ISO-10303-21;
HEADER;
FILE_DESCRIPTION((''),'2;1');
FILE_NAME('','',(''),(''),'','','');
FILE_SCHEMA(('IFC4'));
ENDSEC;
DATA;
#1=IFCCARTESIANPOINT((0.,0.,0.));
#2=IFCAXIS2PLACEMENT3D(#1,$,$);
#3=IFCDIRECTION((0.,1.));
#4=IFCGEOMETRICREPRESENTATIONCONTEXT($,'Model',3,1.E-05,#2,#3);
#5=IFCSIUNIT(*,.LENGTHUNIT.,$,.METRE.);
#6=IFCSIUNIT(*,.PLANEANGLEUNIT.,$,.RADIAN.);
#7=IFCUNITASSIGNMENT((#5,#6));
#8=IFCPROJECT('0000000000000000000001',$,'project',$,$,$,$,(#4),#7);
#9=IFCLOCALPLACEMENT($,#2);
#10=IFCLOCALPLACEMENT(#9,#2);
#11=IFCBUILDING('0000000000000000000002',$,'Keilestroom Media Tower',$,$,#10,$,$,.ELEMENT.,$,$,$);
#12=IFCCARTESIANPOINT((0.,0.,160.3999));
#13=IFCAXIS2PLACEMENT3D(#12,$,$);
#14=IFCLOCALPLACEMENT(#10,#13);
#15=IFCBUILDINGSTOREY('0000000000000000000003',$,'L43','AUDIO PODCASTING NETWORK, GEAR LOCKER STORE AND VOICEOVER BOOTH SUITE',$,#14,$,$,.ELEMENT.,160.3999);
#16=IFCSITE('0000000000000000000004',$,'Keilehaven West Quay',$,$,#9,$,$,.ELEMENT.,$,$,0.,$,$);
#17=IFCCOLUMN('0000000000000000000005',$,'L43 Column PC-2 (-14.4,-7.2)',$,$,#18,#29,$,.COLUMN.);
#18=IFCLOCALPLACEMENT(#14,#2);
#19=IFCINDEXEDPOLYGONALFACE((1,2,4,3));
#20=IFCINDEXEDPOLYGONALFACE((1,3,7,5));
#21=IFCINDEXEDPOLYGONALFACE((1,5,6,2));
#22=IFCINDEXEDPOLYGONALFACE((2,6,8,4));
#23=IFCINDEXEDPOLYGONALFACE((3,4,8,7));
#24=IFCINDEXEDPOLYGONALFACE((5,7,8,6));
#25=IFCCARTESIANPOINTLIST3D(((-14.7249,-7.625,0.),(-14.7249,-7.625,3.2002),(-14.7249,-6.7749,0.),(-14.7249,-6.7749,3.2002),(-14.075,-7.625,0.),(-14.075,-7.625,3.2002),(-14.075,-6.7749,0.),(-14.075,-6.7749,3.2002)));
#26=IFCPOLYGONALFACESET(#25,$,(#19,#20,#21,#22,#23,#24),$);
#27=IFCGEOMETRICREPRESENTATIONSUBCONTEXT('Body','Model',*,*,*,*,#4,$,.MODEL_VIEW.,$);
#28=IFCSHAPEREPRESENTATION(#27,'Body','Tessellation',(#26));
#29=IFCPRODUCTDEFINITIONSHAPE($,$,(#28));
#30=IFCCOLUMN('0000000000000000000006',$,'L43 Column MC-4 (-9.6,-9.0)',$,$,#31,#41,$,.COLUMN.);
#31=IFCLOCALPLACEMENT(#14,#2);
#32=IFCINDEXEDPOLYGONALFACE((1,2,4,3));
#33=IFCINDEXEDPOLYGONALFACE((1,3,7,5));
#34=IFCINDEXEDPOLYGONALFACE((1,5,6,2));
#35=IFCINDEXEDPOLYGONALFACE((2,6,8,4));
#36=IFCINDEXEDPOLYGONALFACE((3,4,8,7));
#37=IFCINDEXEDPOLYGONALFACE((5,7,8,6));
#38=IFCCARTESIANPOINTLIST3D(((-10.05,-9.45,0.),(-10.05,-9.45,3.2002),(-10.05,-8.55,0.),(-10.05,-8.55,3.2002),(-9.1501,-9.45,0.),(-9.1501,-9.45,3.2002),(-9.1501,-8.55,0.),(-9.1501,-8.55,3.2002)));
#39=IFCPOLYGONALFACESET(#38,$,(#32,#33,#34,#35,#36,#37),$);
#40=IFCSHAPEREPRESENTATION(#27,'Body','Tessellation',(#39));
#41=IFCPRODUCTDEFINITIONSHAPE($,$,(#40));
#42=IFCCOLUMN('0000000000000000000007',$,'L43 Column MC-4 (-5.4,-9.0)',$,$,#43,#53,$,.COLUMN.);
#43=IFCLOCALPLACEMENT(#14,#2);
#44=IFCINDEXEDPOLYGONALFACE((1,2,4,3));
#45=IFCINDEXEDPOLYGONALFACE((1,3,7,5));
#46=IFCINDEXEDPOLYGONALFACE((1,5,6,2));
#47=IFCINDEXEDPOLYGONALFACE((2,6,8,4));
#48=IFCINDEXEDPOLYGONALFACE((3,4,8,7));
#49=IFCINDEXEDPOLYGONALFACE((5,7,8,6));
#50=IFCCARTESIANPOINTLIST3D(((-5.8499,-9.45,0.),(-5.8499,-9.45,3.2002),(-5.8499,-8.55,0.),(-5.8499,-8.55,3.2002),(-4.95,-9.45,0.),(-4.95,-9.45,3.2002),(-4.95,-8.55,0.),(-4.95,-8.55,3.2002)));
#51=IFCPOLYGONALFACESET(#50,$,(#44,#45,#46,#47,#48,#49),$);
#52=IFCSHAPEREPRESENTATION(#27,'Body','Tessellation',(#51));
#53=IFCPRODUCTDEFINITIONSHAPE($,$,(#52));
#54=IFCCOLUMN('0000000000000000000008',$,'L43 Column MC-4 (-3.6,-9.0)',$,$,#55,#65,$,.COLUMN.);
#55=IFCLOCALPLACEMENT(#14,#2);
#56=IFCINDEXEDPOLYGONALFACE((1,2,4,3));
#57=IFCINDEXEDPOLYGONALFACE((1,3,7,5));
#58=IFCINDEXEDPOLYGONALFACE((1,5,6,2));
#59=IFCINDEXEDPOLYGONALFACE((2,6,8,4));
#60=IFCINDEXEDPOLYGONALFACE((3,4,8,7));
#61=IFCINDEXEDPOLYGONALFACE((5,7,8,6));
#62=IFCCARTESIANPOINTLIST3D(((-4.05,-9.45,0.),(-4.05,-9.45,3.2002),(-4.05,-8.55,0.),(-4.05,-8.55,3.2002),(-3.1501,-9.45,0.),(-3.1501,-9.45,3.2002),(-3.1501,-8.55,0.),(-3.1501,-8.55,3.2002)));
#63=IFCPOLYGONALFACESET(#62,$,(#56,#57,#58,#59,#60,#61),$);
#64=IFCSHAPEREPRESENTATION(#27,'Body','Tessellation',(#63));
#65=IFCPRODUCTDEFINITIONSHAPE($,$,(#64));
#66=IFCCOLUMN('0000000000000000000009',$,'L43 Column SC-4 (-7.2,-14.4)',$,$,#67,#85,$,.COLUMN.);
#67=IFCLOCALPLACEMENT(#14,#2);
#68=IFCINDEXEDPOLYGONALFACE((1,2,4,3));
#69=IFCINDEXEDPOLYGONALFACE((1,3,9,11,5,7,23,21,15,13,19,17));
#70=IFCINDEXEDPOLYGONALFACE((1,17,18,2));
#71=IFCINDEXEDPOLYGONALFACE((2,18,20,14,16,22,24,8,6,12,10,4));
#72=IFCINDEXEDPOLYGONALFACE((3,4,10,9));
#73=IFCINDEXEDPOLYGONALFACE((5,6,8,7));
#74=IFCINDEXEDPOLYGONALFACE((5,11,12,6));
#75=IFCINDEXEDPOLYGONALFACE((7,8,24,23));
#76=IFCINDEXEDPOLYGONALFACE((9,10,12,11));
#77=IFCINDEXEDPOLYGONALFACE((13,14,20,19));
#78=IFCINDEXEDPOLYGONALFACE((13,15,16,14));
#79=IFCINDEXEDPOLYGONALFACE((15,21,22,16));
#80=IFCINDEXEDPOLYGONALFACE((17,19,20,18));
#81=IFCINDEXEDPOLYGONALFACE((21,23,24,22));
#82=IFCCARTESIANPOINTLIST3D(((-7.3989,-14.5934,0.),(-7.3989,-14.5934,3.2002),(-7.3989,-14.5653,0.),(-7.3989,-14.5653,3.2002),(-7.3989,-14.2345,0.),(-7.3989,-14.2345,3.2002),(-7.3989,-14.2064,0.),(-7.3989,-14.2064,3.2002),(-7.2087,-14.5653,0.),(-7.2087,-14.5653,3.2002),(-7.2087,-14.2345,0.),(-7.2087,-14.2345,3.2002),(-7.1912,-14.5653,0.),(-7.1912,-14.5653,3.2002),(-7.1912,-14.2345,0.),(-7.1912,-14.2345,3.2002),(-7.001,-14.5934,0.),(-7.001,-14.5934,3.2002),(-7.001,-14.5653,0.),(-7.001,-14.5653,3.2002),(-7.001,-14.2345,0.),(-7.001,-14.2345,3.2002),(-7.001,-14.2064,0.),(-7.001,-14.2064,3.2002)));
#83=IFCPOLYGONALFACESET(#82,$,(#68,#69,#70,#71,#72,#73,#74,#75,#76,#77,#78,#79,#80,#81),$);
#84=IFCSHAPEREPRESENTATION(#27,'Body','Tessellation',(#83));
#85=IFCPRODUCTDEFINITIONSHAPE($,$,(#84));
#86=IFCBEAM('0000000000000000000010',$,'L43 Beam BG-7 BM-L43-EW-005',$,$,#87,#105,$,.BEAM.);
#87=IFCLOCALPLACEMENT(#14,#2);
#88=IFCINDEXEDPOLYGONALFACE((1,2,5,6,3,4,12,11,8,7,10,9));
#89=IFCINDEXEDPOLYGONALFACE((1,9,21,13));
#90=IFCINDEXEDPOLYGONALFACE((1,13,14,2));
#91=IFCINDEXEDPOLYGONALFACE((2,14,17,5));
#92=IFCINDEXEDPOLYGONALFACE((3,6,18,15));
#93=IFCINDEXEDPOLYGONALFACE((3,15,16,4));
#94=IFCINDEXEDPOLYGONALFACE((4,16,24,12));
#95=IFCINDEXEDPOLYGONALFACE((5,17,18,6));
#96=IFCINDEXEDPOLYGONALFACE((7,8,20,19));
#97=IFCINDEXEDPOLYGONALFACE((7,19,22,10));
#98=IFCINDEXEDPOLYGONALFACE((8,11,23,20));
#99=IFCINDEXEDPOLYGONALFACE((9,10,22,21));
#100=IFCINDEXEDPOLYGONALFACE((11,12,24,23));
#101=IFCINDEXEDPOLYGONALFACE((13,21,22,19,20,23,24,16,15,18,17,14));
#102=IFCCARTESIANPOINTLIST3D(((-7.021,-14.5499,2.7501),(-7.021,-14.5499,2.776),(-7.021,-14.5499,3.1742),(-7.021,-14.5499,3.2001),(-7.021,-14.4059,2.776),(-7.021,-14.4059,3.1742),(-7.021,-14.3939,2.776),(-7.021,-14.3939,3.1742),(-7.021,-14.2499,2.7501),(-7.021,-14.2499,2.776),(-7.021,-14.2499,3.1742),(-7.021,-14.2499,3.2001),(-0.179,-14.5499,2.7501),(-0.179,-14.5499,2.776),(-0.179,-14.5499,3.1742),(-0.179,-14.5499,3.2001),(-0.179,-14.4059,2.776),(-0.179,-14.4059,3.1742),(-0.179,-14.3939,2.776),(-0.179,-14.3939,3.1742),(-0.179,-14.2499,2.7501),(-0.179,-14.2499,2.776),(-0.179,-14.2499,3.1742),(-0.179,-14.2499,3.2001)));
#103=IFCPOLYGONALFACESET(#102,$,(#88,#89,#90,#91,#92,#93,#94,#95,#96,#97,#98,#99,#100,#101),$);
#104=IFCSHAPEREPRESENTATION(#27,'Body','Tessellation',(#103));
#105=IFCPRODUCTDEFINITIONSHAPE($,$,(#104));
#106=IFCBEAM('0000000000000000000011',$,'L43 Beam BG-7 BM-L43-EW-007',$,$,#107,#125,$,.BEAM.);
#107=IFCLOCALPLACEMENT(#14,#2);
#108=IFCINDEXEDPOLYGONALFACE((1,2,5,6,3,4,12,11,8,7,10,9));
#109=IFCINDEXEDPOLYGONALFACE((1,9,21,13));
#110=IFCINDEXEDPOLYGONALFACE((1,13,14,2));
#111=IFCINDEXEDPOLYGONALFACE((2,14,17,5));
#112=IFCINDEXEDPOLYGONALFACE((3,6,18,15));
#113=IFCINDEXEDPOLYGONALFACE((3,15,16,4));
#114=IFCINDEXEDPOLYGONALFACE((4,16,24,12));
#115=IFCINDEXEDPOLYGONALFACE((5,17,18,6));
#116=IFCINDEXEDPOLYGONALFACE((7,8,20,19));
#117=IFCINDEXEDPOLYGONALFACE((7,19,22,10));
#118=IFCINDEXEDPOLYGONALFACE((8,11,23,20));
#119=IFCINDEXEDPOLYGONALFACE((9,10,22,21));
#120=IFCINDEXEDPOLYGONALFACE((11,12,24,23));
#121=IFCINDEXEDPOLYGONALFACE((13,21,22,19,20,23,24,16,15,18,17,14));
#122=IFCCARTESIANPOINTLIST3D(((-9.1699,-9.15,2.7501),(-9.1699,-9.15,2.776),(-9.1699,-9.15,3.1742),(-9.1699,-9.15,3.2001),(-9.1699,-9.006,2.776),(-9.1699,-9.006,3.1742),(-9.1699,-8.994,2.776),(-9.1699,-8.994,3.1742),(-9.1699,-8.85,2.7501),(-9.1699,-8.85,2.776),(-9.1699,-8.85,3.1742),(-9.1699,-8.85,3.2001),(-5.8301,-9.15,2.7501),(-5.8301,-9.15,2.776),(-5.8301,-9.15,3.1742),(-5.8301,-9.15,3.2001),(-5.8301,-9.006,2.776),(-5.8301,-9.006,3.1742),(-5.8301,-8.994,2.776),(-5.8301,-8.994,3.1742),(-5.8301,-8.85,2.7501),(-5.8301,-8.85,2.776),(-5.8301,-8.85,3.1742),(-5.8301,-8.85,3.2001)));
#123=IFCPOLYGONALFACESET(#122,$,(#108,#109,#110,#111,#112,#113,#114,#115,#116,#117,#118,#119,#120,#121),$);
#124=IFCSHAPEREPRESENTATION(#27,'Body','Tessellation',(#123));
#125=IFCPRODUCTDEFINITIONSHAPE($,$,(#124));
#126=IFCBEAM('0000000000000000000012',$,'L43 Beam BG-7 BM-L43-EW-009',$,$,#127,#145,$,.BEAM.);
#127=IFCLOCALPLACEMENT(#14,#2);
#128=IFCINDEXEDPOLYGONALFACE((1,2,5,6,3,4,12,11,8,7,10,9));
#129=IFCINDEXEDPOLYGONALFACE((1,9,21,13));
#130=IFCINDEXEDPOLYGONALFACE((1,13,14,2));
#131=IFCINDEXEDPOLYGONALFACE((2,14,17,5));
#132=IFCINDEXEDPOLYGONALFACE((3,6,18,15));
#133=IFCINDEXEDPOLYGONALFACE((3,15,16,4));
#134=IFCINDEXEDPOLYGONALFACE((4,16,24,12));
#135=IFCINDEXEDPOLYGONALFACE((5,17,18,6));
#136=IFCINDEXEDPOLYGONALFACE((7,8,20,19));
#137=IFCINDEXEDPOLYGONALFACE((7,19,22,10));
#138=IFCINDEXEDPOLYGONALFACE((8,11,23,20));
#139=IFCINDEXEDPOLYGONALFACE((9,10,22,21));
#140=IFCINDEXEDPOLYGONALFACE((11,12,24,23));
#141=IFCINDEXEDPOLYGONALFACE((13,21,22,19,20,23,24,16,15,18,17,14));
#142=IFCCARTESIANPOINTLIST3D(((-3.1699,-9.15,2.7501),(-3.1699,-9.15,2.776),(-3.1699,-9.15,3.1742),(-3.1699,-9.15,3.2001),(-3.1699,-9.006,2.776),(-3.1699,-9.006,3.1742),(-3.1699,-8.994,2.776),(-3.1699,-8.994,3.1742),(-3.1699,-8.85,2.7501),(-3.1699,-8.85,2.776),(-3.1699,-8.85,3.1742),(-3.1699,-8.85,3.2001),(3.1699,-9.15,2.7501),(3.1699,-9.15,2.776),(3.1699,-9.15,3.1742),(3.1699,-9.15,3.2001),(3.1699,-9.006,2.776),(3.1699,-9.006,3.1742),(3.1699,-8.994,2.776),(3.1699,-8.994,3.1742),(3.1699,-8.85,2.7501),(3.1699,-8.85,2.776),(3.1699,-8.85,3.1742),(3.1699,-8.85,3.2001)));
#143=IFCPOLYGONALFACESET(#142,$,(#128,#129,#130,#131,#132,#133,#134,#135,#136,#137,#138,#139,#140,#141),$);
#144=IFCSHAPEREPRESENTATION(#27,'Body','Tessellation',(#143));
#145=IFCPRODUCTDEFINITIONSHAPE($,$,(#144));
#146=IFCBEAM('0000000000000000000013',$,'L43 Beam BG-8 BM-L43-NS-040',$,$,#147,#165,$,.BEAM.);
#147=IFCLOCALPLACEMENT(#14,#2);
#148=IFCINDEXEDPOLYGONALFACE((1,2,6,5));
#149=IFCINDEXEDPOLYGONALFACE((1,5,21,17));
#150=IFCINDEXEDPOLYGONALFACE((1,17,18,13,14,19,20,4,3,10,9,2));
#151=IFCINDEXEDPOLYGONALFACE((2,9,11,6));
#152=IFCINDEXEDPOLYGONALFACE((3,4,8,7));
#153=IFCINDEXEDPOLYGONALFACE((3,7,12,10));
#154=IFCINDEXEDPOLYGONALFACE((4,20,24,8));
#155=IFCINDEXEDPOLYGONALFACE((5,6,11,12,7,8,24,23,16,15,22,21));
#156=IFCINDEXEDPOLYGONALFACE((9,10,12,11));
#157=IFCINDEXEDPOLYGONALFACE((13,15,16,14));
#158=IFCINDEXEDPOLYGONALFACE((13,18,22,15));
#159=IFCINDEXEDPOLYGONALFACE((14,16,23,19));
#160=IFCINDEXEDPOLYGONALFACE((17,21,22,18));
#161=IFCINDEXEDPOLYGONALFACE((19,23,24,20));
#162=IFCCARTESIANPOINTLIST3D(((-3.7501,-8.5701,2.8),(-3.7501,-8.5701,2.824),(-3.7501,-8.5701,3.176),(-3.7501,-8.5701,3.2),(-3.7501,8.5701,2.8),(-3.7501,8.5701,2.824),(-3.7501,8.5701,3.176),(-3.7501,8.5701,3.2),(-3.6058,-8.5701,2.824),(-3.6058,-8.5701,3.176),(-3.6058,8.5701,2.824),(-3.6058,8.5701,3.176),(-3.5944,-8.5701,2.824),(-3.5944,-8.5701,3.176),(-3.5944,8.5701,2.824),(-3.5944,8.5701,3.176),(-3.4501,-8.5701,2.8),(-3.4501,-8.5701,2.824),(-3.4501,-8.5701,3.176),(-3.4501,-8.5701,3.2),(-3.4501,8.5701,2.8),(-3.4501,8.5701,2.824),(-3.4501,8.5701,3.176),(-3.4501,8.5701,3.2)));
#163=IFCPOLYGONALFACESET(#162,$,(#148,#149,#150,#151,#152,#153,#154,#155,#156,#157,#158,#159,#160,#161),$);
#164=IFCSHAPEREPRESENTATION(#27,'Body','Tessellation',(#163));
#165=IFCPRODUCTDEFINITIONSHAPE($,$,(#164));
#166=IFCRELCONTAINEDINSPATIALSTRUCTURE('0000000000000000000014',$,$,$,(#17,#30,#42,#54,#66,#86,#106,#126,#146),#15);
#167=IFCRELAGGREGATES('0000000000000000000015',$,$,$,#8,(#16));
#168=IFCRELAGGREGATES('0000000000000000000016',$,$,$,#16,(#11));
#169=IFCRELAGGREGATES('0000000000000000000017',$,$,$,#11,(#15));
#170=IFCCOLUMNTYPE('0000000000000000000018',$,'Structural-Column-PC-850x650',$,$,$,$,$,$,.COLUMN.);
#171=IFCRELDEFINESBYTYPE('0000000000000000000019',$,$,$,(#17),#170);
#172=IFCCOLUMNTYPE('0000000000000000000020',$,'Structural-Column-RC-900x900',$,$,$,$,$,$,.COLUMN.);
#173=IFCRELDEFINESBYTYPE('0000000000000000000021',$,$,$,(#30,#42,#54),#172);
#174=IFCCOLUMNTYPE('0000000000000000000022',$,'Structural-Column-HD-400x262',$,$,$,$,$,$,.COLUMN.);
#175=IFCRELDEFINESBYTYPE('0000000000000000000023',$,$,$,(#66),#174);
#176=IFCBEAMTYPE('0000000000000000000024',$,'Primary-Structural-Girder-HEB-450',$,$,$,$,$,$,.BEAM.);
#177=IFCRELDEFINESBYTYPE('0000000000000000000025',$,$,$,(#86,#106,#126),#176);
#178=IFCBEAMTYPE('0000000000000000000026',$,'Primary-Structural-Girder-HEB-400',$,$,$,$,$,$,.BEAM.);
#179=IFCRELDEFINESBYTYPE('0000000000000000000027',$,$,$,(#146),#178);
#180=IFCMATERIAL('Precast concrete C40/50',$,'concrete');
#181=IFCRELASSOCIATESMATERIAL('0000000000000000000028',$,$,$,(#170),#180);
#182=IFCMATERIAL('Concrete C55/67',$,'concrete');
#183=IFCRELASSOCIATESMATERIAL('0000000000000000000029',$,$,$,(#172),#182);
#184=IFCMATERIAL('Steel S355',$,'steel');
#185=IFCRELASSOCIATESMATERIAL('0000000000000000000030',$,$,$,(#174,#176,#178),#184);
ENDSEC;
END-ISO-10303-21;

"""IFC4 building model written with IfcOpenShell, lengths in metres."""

from ifc_helpers import new_model, si_unit, direction, frame, origin, origin_2d, place, context, subcontext, project, spatial, rectangle, i_section, extrude, source, transform, mapped, material, material_profile, profile_set, type_object, element, save


model = new_model("IFC4")

# Units and contexts
model_context = context("Model", 3, precision=1e-05, world=origin(), true_north=direction((0.0, 1.0)))
body_context = subcontext(model_context, "Body", "Model", "MODEL_VIEW")
ifc_project = project(units=[si_unit("LENGTHUNIT", "METRE"), si_unit("PLANEANGLEUNIT", "RADIAN")], contexts=[model_context])

# Site, building, storey
site_placement = place(None, origin())
site = spatial("IfcSite", under=ifc_project, at=site_placement, Name="Keilehaven West Quay", CompositionType="ELEMENT", RefElevation=0.0)
building_placement = place(site_placement, origin())
building = spatial("IfcBuilding", under=site, at=building_placement, Name="Keilestroom Media Tower", CompositionType="ELEMENT")
storey_placement = place(building_placement, frame((0.0, 0.0, 160.3999)))
storey = spatial("IfcBuildingStorey", under=building, at=storey_placement, Name="L43", Description="AUDIO PODCASTING NETWORK, GEAR LOCKER STORE AND VOICEOVER BOOTH SUITE", CompositionType="ELEMENT", Elevation=160.3999)

# Columns
ifc_material_1 = material(Name="Precast concrete C40/50", Category="concrete")
ifc_material_profile_1 = material_profile(ifc_material_1, rectangle(XDim=0.6499, YDim=0.8501, at=origin_2d()), Name="PC 850x650")
ifc_profile_set_1 = profile_set([ifc_material_profile_1], Name="Precast concrete C40/50")
column_type_1 = type_object("IfcColumnType", Name="Structural-Column-PC-850x650", PredefinedType="COLUMN", material=ifc_profile_set_1)
shared_shape_1 = source(origin(), body_context, "Body", "SweptSolid", [
    extrude(rectangle(XDim=0.6499, YDim=0.8501, at=origin_2d()), origin(), (0.0, 0.0, 1.0), 3.2002),
])
column_1_placement = place(storey_placement, frame((-14.3999, -7.2, 0.0), z_axis=(0.0, 0.0, 1.0), x_axis=(1.0, 0.0, 0.0)))
element("IfcColumn", 1, at=column_1_placement, inside=storey, type_object=column_type_1, Name="L43 Column PC-2 (-14.4,-7.2)", PredefinedType="COLUMN", context=body_context, shape_type="MappedRepresentation", body=[
    mapped(shared_shape_1, transform((0.0, 0.0, 0.0), x_axis=(1.0, 0.0, 0.0), y_axis=(0.0, 1.0, 0.0), z_axis=(0.0, 0.0, 1.0), scale=1.0)),
])
ifc_material_2 = material(Name="Concrete C55/67", Category="concrete")
ifc_material_profile_2 = material_profile(ifc_material_2, rectangle(XDim=0.8999, YDim=0.8999, at=origin_2d()), Name="RC 900x900")
ifc_profile_set_2 = profile_set([ifc_material_profile_2], Name="Concrete C55/67")
column_type_2 = type_object("IfcColumnType", Name="Structural-Column-RC-900x900", PredefinedType="COLUMN", material=ifc_profile_set_2)
shared_shape_2 = source(origin(), body_context, "Body", "SweptSolid", [
    extrude(rectangle(XDim=0.8999, YDim=0.8999, at=origin_2d()), origin(), (0.0, 0.0, 1.0), 3.2002),
])
for number, where, z_axis, x_axis, name in (
    (2, (-9.6001, -9.0, 0.0), (0.0, 0.0, 1.0), (1.0, 0.0, 0.0), "L43 Column MC-4 (-9.6,-9.0)"),
    (3, (-5.3999, -9.0, 0.0), (0.0, 0.0, 1.0), (1.0, 0.0, 0.0), "L43 Column MC-4 (-5.4,-9.0)"),
    (4, (-3.6001, -9.0, 0.0), (0.0, 0.0, 1.0), (1.0, 0.0, 0.0), "L43 Column MC-4 (-3.6,-9.0)"),
):
    element("IfcColumn", number, at=place(storey_placement, frame(where, z_axis=z_axis, x_axis=x_axis)), inside=storey, type_object=column_type_2, Name=name, PredefinedType="COLUMN", context=body_context, shape_type="MappedRepresentation", body=[
        mapped(shared_shape_2, transform((0.0, 0.0, 0.0), x_axis=(1.0, 0.0, 0.0), y_axis=(0.0, 1.0, 0.0), z_axis=(0.0, 0.0, 1.0), scale=1.0)),
    ])
ifc_material_3 = material(Name="Steel S355", Category="steel")
ifc_material_profile_3 = material_profile(ifc_material_3, i_section(OverallWidth=0.3979, OverallDepth=0.387, WebThickness=0.0176, FlangeThickness=0.0281, at=origin_2d()), Name="HD 400x262")
ifc_profile_set_3 = profile_set([ifc_material_profile_3], Name="Steel S355")
column_type_3 = type_object("IfcColumnType", Name="Structural-Column-HD-400x262", PredefinedType="COLUMN", material=ifc_profile_set_3)
shared_shape_3 = source(origin(), body_context, "Body", "SweptSolid", [
    extrude(i_section(OverallWidth=0.3979, OverallDepth=0.387, WebThickness=0.0176, FlangeThickness=0.0281, at=origin_2d()), origin(), (0.0, 0.0, 1.0), 3.2002),
])
column_2_placement = place(storey_placement, frame((-7.2, -14.3999, 0.0), z_axis=(0.0, 0.0, 1.0), x_axis=(1.0, 0.0, 0.0)))
element("IfcColumn", 5, at=column_2_placement, inside=storey, type_object=column_type_3, Name="L43 Column SC-4 (-7.2,-14.4)", PredefinedType="COLUMN", context=body_context, shape_type="MappedRepresentation", body=[
    mapped(shared_shape_3, transform((0.0, 0.0, 0.0), x_axis=(1.0, 0.0, 0.0), y_axis=(0.0, 1.0, 0.0), z_axis=(0.0, 0.0, 1.0), scale=1.0)),
])

# Beams
ifc_material_profile_4 = material_profile(ifc_material_3, i_section(OverallWidth=0.3, OverallDepth=0.45, WebThickness=0.012, FlangeThickness=0.0259, at=origin_2d()), Name="HEB 450")
ifc_profile_set_4 = profile_set([ifc_material_profile_4], Name="Steel S355")
beam_type_1 = type_object("IfcBeamType", Name="Primary-Structural-Girder-HEB-450", PredefinedType="BEAM", material=ifc_profile_set_4)
shared_shape_4 = source(origin(), body_context, "Body", "SweptSolid", [
    extrude(i_section(OverallWidth=0.3, OverallDepth=0.45, WebThickness=0.012, FlangeThickness=0.0259, at=origin_2d()), origin(), (0.0, 0.0, 1.0), 6.842),
])
beam_1_placement = place(storey_placement, frame((-7.021, -14.3999, 2.9751), z_axis=(1.0, 0.0, 0.0), x_axis=(0.0, 1.0, 0.0)))
element("IfcBeam", 6, at=beam_1_placement, inside=storey, type_object=beam_type_1, Name="L43 Beam BG-7 BM-L43-EW-005", PredefinedType="BEAM", context=body_context, shape_type="MappedRepresentation", body=[
    mapped(shared_shape_4, transform((0.0, 0.0, 0.0), x_axis=(1.0, 0.0, 0.0), y_axis=(0.0, 1.0, 0.0), z_axis=(0.0, 0.0, 1.0), scale=1.0)),
])
shared_shape_5 = source(origin(), body_context, "Body", "SweptSolid", [
    extrude(i_section(OverallWidth=0.3, OverallDepth=0.45, WebThickness=0.012, FlangeThickness=0.0259, at=origin_2d()), origin(), (0.0, 0.0, 1.0), 3.3398),
])
beam_2_placement = place(storey_placement, frame((-9.1699, -9.0, 2.9751), z_axis=(1.0, 0.0, 0.0), x_axis=(0.0, 1.0, 0.0)))
element("IfcBeam", 7, at=beam_2_placement, inside=storey, type_object=beam_type_1, Name="L43 Beam BG-7 BM-L43-EW-007", PredefinedType="BEAM", context=body_context, shape_type="MappedRepresentation", body=[
    mapped(shared_shape_5, transform((0.0, 0.0, 0.0), x_axis=(1.0, 0.0, 0.0), y_axis=(0.0, 1.0, 0.0), z_axis=(0.0, 0.0, 1.0), scale=1.0)),
])
shared_shape_6 = source(origin(), body_context, "Body", "SweptSolid", [
    extrude(i_section(OverallWidth=0.3, OverallDepth=0.45, WebThickness=0.012, FlangeThickness=0.0259, at=origin_2d()), origin(), (0.0, 0.0, 1.0), 6.3398),
])
beam_3_placement = place(storey_placement, frame((-3.1699, -9.0, 2.9751), z_axis=(1.0, 0.0, 0.0), x_axis=(0.0, 1.0, 0.0)))
element("IfcBeam", 8, at=beam_3_placement, inside=storey, type_object=beam_type_1, Name="L43 Beam BG-7 BM-L43-EW-009", PredefinedType="BEAM", context=body_context, shape_type="MappedRepresentation", body=[
    mapped(shared_shape_6, transform((0.0, 0.0, 0.0), x_axis=(1.0, 0.0, 0.0), y_axis=(0.0, 1.0, 0.0), z_axis=(0.0, 0.0, 1.0), scale=1.0)),
])
ifc_material_profile_5 = material_profile(ifc_material_3, i_section(OverallWidth=0.3, OverallDepth=0.3999, WebThickness=0.0115, FlangeThickness=0.0239, at=origin_2d()), Name="HEB 400")
ifc_profile_set_5 = profile_set([ifc_material_profile_5], Name="Steel S355")
beam_type_2 = type_object("IfcBeamType", Name="Primary-Structural-Girder-HEB-400", PredefinedType="BEAM", material=ifc_profile_set_5)
shared_shape_7 = source(origin(), body_context, "Body", "SweptSolid", [
    extrude(i_section(OverallWidth=0.3, OverallDepth=0.3999, WebThickness=0.0115, FlangeThickness=0.0239, at=origin_2d()), origin(), (0.0, 0.0, 1.0), 17.1401),
])
beam_4_placement = place(storey_placement, frame((-3.6001, -8.5701, 3.0), z_axis=(0.0, 1.0, 0.0), x_axis=(-1.0, 0.0, 0.0)))
element("IfcBeam", 9, at=beam_4_placement, inside=storey, type_object=beam_type_2, Name="L43 Beam BG-8 BM-L43-NS-040", PredefinedType="BEAM", context=body_context, shape_type="MappedRepresentation", body=[
    mapped(shared_shape_7, transform((0.0, 0.0, 0.0), x_axis=(1.0, 0.0, 0.0), y_axis=(0.0, 1.0, 0.0), z_axis=(0.0, 0.0, 1.0), scale=1.0)),
])

save(model, "model.ifc")
